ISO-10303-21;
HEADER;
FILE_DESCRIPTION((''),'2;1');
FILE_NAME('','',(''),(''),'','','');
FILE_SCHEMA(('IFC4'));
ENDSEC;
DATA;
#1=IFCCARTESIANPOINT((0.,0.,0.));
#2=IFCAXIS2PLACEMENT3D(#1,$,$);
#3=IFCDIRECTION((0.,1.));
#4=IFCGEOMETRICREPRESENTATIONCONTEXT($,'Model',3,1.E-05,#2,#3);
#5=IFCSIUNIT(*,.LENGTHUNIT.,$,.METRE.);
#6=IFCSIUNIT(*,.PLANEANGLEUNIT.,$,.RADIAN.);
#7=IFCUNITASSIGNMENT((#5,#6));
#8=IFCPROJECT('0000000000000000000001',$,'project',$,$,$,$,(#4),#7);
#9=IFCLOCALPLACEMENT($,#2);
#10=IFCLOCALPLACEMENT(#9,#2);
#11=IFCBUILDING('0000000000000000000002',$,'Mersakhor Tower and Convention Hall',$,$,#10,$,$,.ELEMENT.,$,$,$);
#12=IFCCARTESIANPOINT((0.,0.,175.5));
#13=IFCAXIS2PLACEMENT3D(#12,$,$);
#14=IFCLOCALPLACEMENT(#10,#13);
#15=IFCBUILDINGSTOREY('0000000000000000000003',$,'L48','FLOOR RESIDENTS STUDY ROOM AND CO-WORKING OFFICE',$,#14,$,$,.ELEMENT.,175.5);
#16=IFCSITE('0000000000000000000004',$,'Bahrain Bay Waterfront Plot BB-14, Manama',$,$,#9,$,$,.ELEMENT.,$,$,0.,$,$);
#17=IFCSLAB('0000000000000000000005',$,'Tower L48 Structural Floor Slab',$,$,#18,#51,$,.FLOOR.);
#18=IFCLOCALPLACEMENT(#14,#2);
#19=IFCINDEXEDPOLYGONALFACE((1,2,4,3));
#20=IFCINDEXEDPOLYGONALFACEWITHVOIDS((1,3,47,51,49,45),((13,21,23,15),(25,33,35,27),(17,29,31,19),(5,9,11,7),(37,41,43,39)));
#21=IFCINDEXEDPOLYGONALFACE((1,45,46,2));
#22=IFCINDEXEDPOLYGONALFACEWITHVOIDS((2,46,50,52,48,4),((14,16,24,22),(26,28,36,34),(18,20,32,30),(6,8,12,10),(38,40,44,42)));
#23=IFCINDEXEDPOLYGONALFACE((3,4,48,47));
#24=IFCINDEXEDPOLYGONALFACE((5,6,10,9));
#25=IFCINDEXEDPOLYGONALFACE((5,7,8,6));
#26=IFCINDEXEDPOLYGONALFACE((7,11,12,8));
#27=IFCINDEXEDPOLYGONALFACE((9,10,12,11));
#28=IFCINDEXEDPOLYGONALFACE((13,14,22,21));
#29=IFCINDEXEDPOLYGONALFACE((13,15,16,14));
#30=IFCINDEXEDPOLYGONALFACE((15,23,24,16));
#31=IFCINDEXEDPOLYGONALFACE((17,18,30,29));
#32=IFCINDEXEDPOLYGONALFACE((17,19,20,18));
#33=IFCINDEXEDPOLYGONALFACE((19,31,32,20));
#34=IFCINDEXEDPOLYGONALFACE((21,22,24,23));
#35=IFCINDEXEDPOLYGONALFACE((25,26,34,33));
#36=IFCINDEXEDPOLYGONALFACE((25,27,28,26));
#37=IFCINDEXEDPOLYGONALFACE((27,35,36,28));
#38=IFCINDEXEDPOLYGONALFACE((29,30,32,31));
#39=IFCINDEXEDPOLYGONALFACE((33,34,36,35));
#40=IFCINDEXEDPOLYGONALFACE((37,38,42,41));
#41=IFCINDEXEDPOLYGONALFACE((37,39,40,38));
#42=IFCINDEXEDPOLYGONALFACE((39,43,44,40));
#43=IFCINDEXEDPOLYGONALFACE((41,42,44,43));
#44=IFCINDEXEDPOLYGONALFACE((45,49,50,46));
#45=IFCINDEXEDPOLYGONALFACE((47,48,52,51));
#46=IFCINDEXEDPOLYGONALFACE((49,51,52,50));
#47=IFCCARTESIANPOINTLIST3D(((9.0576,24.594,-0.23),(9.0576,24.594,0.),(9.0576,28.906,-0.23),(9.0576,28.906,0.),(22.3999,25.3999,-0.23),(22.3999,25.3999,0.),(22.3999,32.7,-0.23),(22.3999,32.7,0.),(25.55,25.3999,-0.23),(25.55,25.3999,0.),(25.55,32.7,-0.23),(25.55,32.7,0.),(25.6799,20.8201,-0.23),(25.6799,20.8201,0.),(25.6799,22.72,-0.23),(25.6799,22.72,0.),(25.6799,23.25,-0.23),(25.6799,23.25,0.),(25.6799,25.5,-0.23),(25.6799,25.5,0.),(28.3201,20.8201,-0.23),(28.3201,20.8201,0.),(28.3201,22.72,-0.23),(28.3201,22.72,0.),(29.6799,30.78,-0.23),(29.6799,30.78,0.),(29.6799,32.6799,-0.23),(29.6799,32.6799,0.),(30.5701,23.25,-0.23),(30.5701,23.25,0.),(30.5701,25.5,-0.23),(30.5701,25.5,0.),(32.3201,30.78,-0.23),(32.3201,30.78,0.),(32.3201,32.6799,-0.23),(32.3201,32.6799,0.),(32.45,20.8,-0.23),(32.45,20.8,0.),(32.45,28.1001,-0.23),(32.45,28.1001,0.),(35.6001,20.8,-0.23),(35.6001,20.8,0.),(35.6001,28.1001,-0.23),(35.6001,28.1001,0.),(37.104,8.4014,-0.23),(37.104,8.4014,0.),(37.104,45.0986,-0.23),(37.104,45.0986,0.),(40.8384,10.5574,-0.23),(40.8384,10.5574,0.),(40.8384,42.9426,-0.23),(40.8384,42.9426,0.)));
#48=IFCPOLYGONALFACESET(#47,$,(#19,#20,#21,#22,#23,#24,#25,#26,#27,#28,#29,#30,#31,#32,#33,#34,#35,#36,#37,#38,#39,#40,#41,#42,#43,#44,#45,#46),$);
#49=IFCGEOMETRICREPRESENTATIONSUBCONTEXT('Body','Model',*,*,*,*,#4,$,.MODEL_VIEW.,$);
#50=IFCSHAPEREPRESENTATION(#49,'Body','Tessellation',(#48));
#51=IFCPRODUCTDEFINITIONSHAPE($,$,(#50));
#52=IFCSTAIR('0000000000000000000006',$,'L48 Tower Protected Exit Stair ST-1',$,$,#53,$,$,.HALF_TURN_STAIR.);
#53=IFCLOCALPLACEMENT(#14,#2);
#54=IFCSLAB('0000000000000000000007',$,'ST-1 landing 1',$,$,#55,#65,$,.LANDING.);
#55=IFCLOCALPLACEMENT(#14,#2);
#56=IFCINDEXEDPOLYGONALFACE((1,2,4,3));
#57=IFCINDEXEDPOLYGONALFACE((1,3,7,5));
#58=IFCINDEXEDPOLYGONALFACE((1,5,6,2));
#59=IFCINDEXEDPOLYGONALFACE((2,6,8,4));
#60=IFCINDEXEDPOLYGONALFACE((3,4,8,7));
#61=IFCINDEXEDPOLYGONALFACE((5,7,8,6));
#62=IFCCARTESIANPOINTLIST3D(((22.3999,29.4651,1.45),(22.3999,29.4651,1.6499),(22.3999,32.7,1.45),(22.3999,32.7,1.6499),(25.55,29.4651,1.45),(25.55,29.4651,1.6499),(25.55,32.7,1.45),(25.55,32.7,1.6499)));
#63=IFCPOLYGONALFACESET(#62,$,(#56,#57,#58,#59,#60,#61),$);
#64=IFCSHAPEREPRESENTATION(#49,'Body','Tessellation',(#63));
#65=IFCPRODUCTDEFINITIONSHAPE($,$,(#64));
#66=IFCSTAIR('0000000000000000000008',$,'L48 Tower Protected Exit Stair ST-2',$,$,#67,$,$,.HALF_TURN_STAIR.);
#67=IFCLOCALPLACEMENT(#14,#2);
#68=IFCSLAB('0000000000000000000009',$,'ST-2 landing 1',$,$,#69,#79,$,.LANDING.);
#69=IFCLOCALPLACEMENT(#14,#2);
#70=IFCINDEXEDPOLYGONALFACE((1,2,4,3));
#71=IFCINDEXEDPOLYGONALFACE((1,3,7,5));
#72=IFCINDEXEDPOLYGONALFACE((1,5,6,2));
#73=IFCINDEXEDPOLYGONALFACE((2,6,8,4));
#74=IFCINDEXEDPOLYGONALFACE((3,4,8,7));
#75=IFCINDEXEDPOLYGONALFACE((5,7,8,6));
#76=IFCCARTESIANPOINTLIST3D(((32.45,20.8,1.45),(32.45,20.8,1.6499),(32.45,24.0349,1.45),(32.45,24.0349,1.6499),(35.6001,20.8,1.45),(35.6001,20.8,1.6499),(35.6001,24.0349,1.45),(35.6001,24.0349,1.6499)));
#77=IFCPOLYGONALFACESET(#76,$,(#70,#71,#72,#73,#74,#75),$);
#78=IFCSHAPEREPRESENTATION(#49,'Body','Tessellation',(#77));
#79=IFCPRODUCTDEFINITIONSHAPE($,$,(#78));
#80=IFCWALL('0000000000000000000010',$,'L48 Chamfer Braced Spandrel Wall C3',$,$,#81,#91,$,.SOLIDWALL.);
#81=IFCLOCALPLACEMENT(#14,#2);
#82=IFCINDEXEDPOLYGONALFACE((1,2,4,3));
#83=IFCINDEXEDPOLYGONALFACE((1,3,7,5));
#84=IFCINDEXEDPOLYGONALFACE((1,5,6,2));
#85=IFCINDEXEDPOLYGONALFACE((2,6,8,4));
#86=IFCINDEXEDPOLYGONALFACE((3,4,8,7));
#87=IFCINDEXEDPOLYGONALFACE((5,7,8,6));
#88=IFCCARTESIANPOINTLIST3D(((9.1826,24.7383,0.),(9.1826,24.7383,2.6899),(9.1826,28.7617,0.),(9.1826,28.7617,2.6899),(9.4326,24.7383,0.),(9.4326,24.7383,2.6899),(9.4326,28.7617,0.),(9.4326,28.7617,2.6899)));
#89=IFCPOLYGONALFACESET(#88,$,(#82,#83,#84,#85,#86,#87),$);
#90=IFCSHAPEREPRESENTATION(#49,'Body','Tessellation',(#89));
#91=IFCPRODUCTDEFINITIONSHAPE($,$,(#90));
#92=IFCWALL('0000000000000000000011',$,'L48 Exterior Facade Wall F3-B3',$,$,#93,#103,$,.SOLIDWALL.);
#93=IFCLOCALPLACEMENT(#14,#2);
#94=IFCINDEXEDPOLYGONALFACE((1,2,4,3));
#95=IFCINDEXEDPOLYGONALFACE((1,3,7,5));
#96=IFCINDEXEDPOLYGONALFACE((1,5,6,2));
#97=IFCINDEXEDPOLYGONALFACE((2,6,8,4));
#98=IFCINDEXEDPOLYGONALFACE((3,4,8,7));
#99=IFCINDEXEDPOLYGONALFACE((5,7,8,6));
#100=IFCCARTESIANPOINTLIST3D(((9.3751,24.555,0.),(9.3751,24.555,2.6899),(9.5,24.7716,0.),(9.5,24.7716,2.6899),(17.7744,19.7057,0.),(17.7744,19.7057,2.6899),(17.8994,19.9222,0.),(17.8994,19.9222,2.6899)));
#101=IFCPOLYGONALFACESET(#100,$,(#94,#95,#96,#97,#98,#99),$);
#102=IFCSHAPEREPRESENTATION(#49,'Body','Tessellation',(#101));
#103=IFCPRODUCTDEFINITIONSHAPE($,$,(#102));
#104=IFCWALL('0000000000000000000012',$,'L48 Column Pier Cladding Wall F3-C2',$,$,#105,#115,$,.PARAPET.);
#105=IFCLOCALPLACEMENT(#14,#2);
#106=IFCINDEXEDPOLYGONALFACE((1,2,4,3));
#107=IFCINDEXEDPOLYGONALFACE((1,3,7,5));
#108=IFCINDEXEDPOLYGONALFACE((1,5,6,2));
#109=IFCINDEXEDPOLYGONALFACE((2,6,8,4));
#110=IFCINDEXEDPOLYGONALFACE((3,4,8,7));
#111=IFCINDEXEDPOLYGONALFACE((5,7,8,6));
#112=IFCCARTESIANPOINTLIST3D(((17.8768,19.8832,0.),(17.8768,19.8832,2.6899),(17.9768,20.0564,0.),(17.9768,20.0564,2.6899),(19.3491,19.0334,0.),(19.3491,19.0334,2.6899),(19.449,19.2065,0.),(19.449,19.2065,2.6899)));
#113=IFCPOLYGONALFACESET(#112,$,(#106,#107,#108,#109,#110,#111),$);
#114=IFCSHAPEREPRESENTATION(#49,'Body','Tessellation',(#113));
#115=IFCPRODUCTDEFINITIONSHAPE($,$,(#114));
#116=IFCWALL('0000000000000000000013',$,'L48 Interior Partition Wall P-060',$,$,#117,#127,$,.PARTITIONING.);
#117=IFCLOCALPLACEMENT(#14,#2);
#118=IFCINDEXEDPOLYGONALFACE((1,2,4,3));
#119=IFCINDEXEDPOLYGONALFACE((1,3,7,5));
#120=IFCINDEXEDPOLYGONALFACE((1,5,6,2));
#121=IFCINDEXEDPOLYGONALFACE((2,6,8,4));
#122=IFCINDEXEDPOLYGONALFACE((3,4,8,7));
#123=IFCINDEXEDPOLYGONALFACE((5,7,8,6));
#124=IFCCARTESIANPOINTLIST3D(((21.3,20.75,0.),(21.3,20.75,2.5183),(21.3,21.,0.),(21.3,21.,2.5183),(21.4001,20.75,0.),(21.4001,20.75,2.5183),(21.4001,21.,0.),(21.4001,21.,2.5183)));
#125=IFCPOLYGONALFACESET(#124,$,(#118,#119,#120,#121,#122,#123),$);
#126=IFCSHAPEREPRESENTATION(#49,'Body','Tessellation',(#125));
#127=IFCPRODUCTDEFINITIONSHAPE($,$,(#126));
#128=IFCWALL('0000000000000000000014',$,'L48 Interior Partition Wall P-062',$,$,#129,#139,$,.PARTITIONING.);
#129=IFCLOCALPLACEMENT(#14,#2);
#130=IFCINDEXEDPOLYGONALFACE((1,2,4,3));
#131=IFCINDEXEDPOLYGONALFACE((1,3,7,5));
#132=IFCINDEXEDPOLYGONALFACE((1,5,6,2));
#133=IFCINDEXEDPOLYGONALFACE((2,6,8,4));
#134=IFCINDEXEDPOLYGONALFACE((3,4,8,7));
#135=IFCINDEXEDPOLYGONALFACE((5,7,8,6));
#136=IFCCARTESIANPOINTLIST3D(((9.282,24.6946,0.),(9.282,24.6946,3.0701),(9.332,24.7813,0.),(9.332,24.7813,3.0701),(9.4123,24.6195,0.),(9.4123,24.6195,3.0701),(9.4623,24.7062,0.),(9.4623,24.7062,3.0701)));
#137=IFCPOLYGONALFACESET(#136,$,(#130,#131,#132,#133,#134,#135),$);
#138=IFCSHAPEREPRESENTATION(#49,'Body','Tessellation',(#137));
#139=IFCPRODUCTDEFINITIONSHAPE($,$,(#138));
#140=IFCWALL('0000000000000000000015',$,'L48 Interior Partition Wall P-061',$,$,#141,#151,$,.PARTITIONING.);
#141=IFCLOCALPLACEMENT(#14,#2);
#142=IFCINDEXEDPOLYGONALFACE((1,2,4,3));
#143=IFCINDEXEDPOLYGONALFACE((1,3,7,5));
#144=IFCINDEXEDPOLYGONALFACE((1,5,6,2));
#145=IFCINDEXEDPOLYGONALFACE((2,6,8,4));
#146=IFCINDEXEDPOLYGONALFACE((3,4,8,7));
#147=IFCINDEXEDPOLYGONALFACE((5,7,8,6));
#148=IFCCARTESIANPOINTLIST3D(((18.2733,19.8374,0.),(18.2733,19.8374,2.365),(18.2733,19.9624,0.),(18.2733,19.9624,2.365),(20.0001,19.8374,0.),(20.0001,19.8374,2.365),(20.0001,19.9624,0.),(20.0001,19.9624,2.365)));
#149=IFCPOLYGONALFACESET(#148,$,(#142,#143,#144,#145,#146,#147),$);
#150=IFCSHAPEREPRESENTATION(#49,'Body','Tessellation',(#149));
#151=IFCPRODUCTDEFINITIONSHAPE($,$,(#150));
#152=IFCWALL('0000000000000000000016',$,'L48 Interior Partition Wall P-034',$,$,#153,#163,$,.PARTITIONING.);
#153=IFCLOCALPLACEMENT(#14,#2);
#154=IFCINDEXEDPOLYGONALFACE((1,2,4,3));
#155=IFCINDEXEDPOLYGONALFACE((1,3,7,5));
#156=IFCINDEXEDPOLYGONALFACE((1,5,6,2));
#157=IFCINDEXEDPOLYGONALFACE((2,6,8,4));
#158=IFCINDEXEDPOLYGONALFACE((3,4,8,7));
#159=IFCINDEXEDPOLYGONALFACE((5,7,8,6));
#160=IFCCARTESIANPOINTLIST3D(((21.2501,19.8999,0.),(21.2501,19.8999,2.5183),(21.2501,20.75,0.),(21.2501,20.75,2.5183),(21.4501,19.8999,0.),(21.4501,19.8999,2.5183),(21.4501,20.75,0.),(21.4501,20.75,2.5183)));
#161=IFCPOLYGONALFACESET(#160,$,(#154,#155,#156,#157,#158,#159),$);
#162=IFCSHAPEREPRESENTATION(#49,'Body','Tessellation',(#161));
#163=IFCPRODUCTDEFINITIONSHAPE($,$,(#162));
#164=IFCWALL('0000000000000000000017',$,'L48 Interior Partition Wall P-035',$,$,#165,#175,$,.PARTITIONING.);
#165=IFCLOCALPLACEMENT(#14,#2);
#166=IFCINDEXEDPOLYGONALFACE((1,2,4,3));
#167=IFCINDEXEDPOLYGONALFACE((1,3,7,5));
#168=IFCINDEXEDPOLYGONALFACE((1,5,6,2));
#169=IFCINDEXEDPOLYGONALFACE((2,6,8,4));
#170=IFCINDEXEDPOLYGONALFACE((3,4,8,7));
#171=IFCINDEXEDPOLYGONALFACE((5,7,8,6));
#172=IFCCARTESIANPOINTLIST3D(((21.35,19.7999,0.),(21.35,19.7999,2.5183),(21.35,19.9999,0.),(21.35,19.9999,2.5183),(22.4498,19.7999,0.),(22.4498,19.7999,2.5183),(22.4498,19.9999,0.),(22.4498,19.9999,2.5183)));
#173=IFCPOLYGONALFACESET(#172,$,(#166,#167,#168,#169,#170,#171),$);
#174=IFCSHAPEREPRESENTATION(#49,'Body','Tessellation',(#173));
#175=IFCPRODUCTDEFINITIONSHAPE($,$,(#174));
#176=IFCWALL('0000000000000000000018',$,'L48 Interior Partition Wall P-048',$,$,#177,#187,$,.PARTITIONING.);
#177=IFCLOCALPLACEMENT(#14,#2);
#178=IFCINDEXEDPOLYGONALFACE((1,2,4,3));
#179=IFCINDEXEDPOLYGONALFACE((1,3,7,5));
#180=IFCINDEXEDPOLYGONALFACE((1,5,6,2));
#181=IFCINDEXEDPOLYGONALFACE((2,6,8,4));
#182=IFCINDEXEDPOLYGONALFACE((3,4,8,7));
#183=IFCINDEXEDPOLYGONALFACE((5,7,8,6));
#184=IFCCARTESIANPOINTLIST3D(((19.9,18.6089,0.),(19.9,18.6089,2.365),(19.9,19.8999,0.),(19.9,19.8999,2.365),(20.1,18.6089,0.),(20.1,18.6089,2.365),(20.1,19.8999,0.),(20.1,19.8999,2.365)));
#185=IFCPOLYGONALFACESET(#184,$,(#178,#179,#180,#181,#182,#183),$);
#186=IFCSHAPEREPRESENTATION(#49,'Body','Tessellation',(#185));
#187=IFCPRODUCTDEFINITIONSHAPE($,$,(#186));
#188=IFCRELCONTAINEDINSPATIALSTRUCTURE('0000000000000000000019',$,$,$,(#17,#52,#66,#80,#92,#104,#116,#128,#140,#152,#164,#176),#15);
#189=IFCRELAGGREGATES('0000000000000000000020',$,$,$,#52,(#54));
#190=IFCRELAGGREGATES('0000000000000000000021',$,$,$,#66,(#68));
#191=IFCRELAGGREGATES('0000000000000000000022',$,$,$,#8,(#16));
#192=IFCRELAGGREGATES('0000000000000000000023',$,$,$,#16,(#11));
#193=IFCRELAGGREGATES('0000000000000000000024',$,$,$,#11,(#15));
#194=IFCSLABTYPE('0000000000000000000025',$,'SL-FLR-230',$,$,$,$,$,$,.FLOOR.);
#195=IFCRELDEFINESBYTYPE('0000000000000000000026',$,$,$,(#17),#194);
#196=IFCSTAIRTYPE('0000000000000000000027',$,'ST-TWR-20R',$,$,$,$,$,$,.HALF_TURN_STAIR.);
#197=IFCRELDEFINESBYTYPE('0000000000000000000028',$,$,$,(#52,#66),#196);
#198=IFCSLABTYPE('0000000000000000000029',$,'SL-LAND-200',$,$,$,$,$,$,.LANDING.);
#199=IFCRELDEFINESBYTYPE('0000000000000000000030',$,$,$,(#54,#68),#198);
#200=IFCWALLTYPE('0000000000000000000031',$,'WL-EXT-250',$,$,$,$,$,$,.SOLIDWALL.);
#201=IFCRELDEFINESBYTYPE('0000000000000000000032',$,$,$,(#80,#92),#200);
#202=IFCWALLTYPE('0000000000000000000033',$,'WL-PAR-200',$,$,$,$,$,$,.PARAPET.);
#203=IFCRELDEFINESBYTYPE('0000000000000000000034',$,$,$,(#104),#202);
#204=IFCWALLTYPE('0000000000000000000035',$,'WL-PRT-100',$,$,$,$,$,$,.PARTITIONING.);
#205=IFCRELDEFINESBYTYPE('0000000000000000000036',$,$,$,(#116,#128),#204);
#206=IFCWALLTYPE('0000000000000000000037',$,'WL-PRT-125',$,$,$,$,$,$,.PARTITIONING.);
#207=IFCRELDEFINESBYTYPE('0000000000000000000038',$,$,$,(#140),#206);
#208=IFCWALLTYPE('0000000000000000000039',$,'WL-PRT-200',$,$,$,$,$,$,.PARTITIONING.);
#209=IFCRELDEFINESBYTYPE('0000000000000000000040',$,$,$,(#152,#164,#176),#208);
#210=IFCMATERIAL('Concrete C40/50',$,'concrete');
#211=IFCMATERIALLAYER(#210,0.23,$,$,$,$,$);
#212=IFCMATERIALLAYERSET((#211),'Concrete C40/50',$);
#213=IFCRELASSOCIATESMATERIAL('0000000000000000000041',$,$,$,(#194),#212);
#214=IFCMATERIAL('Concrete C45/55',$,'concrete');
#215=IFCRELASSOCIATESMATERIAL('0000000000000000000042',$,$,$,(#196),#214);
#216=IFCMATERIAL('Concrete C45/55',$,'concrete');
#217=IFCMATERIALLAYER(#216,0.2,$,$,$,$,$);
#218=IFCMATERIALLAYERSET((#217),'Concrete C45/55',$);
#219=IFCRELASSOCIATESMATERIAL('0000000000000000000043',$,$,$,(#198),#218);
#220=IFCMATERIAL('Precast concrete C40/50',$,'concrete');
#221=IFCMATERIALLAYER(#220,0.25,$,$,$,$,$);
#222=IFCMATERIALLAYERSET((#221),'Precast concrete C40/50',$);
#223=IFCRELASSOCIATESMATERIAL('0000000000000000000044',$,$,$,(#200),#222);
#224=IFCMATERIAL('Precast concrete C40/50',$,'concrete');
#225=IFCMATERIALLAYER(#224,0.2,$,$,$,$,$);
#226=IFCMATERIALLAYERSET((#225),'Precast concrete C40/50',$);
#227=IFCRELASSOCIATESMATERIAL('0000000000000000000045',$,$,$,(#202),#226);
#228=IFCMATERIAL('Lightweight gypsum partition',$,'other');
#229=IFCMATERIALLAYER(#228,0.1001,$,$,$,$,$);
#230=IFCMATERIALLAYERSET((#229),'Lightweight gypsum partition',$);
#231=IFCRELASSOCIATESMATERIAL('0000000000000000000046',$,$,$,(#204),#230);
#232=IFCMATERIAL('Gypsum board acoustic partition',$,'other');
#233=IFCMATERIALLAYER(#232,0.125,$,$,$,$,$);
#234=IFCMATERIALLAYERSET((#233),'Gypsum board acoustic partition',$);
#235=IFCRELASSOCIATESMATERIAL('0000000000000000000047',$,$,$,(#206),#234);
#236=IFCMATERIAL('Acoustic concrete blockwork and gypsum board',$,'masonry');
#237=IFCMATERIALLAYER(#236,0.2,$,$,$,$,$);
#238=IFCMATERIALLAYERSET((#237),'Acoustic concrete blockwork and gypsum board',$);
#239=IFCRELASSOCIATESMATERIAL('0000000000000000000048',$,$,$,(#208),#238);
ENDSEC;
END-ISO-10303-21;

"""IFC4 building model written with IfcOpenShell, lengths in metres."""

from ifc_helpers import new_model, si_unit, direction, frame, frame_2d, origin, place, context, subcontext, project, spatial, polyline, rectangle, outline, extrude, material, layer, layer_set, type_object, element, aggregate, save


model = new_model("IFC4")

# Units and contexts
model_context = context("Model", 3, precision=1e-05, world=origin(), true_north=direction((0.0, 1.0)))
body_context = subcontext(model_context, "Body", "Model", "MODEL_VIEW")
ifc_project = project(units=[si_unit("LENGTHUNIT", "METRE"), si_unit("PLANEANGLEUNIT", "RADIAN")], contexts=[model_context])

# Site, building, storey
site_placement = place(None, origin())
site = spatial("IfcSite", under=ifc_project, at=site_placement, Name="Bahrain Bay Waterfront Plot BB-14, Manama", CompositionType="ELEMENT", RefElevation=0.0)
building_placement = place(site_placement, origin())
building = spatial("IfcBuilding", under=site, at=building_placement, Name="Mersakhor Tower and Convention Hall", CompositionType="ELEMENT")
storey_placement = place(building_placement, frame((0.0, 0.0, 175.5)))
storey = spatial("IfcBuildingStorey", under=building, at=storey_placement, Name="L48", Description="FLOOR RESIDENTS STUDY ROOM AND CO-WORKING OFFICE", CompositionType="ELEMENT", Elevation=175.5)

# Slab
ifc_material_1 = material(Name="Concrete C40/50", Category="concrete")
ifc_layer_1 = layer(ifc_material_1, 0.23)
ifc_layer_set_1 = layer_set([ifc_layer_1], Name="Concrete C40/50")
slab_type_1 = type_object("IfcSlabType", Name="SL-FLR-230", PredefinedType="FLOOR", material=ifc_layer_set_1)
slab_1_placement = place(storey_placement, frame((0.0, 0.0, -0.23)))
element("IfcSlab", 1, at=slab_1_placement, inside=storey, type_object=slab_type_1, Name="Tower L48 Structural Floor Slab", PredefinedType="FLOOR", context=body_context, shape_type="SweptSolid", body=[
    extrude(outline(polyline([(9.0576, 28.906), (37.104, 45.0986), (40.8384, 42.9426), (40.8384, 10.5574), (37.104, 8.4014), (9.0576, 24.594), (9.0576, 28.906)]), holes=[polyline([(25.55, 25.3999), (25.55, 32.7), (22.3999, 32.7), (22.3999, 25.3999), (25.55, 25.3999)]), polyline([(32.45, 28.1001), (32.45, 20.8), (35.6001, 20.8), (35.6001, 28.1001), (32.45, 28.1001)]), polyline([(25.6799, 20.8201), (25.6799, 22.72), (28.3201, 22.72), (28.3201, 20.8201), (25.6799, 20.8201)]), polyline([(29.6799, 30.78), (29.6799, 32.6799), (32.3201, 32.6799), (32.3201, 30.78), (29.6799, 30.78)]), polyline([(25.6799, 23.25), (25.6799, 25.5), (30.5701, 25.5), (30.5701, 23.25), (25.6799, 23.25)])]), origin(), (0.0, 0.0, 1.0), 0.23),
])

# Stairs, slabs
ifc_material_2 = material(Name="Concrete C45/55", Category="concrete")
stair_type = type_object("IfcStairType", Name="ST-TWR-20R", PredefinedType="HALF_TURN_STAIR", material=ifc_material_2)
stair_1_placement = place(storey_placement, origin())
stair_1 = element("IfcStair", 2, at=stair_1_placement, inside=storey, type_object=stair_type, Name="L48 Tower Protected Exit Stair ST-1", PredefinedType="HALF_TURN_STAIR")
ifc_material_3 = material(Name="Concrete C45/55", Category="concrete")
ifc_layer_2 = layer(ifc_material_3, 0.2)
ifc_layer_set_2 = layer_set([ifc_layer_2], Name="Concrete C45/55")
slab_type_2 = type_object("IfcSlabType", Name="SL-LAND-200", PredefinedType="LANDING", material=ifc_layer_set_2)
slab_2_placement = place(storey_placement, frame((0.0, 0.0, 1.45)))
slab_2 = element("IfcSlab", 3, at=slab_2_placement, type_object=slab_type_2, Name="ST-1 landing 1", PredefinedType="LANDING", context=body_context, shape_type="SweptSolid", body=[
    extrude(outline(polyline([(25.55, 29.4651), (25.55, 32.7), (22.3999, 32.7), (22.3999, 29.4651), (25.55, 29.4651)])), origin(), (0.0, 0.0, 1.0), 0.2),
])
aggregate(stair_1, [slab_2])
stair_2_placement = place(storey_placement, origin())
stair_2 = element("IfcStair", 4, at=stair_2_placement, inside=storey, type_object=stair_type, Name="L48 Tower Protected Exit Stair ST-2", PredefinedType="HALF_TURN_STAIR")
slab_3_placement = place(storey_placement, frame((0.0, 0.0, 1.45)))
slab_3 = element("IfcSlab", 5, at=slab_3_placement, type_object=slab_type_2, Name="ST-2 landing 1", PredefinedType="LANDING", context=body_context, shape_type="SweptSolid", body=[
    extrude(outline(polyline([(32.45, 24.0349), (32.45, 20.8), (35.6001, 20.8), (35.6001, 24.0349), (32.45, 24.0349)])), origin(), (0.0, 0.0, 1.0), 0.2),
])
aggregate(stair_2, [slab_3])

# Walls
ifc_material_4 = material(Name="Precast concrete C40/50", Category="concrete")
ifc_layer_3 = layer(ifc_material_4, 0.25)
ifc_layer_set_3 = layer_set([ifc_layer_3], Name="Precast concrete C40/50")
wall_type_1 = type_object("IfcWallType", Name="WL-EXT-250", PredefinedType="SOLIDWALL", material=ifc_layer_set_3)
wall_1_placement = place(storey_placement, frame((9.3076, 24.7383, 0.0), z_axis=(0.0, 0.0, 1.0), x_axis=(0.0, 1.0, 0.0)))
element("IfcWall", 6, at=wall_1_placement, inside=storey, type_object=wall_type_1, Name="L48 Chamfer Braced Spandrel Wall C3", PredefinedType="SOLIDWALL", context=body_context, shape_type="SweptSolid", body=[
    extrude(rectangle(XDim=4.0234, YDim=0.25, at=frame_2d((2.0117, 0.0))), origin(), (0.0, 0.0, 1.0), 2.6899),
])
wall_2_placement = place(storey_placement, frame((17.8369, 19.814, 0.0), z_axis=(0.0, 0.0, 1.0), x_axis=(-0.866027, 0.499997, 0.0)))
element("IfcWall", 7, at=wall_2_placement, inside=storey, type_object=wall_type_1, Name="L48 Exterior Facade Wall F3-B3", PredefinedType="SOLIDWALL", context=body_context, shape_type="SweptSolid", body=[
    extrude(rectangle(XDim=9.6987, YDim=0.25, at=frame_2d((4.8494, 0.0))), origin(), (0.0, 0.0, 1.0), 2.6899),
])
ifc_material_5 = material(Name="Precast concrete C40/50", Category="concrete")
ifc_layer_4 = layer(ifc_material_5, 0.2)
ifc_layer_set_4 = layer_set([ifc_layer_4], Name="Precast concrete C40/50")
wall_type_2 = type_object("IfcWallType", Name="WL-PAR-200", PredefinedType="PARAPET", material=ifc_layer_set_4)
wall_3_placement = place(storey_placement, frame((19.3992, 19.1199, 0.0), z_axis=(0.0, 0.0, 1.0), x_axis=(-0.866052, 0.499955, 0.0)))
element("IfcWall", 8, at=wall_3_placement, inside=storey, type_object=wall_type_2, Name="L48 Column Pier Cladding Wall F3-C2", PredefinedType="PARAPET", context=body_context, shape_type="SweptSolid", body=[
    extrude(rectangle(XDim=1.7, YDim=0.2, at=frame_2d((0.8501, 0.0))), origin(), (0.0, 0.0, 1.0), 2.6899),
])
ifc_material_6 = material(Name="Lightweight gypsum partition", Category="other")
ifc_layer_5 = layer(ifc_material_6, 0.1001)
ifc_layer_set_5 = layer_set([ifc_layer_5], Name="Lightweight gypsum partition")
wall_type_3 = type_object("IfcWallType", Name="WL-PRT-100", PredefinedType="PARTITIONING", material=ifc_layer_set_5)
wall_4_placement = place(storey_placement, frame((21.3501, 21.0, 0.0), z_axis=(0.0, 0.0, 1.0), x_axis=(0.0, -1.0, 0.0)))
element("IfcWall", 9, at=wall_4_placement, inside=storey, type_object=wall_type_3, Name="L48 Interior Partition Wall P-060", PredefinedType="PARTITIONING", context=body_context, shape_type="SweptSolid", body=[
    extrude(rectangle(XDim=0.25, YDim=0.1001, at=frame_2d((0.125, 0.0))), origin(), (0.0, 0.0, 1.0), 2.5183),
])
wall_5_placement = place(storey_placement, frame((9.4373, 24.6628, 0.0), z_axis=(0.0, 0.0, 1.0), x_axis=(-0.86624, 0.499629, 0.0)))
element("IfcWall", 10, at=wall_5_placement, inside=storey, type_object=wall_type_3, Name="L48 Interior Partition Wall P-062", PredefinedType="PARTITIONING", context=body_context, shape_type="SweptSolid", body=[
    extrude(rectangle(XDim=0.1504, YDim=0.1001, at=frame_2d((0.0752, 0.0))), origin(), (0.0, 0.0, 1.0), 3.0701),
])
ifc_material_7 = material(Name="Gypsum board acoustic partition", Category="other")
ifc_layer_6 = layer(ifc_material_7, 0.125)
ifc_layer_set_6 = layer_set([ifc_layer_6], Name="Gypsum board acoustic partition")
wall_type_4 = type_object("IfcWallType", Name="WL-PRT-125", PredefinedType="PARTITIONING", material=ifc_layer_set_6)
wall_6_placement = place(storey_placement, frame((20.0, 19.8999, 0.0), z_axis=(0.0, 0.0, 1.0), x_axis=(-1.0, 0.0, 0.0)))
element("IfcWall", 11, at=wall_6_placement, inside=storey, type_object=wall_type_4, Name="L48 Interior Partition Wall P-061", PredefinedType="PARTITIONING", context=body_context, shape_type="SweptSolid", body=[
    extrude(rectangle(XDim=1.7268, YDim=0.125, at=frame_2d((0.8633, 0.0))), origin(), (0.0, 0.0, 1.0), 2.365),
])

# Shared definitions
ifc_material_8 = material(Name="Acoustic concrete blockwork and gypsum board", Category="masonry")
ifc_layer_7 = layer(ifc_material_8, 0.2)
ifc_layer_set_7 = layer_set([ifc_layer_7], Name="Acoustic concrete blockwork and gypsum board")
wall_type_5 = type_object("IfcWallType", Name="WL-PRT-200", PredefinedType="PARTITIONING", material=ifc_layer_set_7)

# Walls
wall_7_placement = place(storey_placement, frame((21.3501, 20.75, 0.0), z_axis=(0.0, 0.0, 1.0), x_axis=(0.0, -1.0, 0.0)))
element("IfcWall", 12, at=wall_7_placement, inside=storey, type_object=wall_type_5, Name="L48 Interior Partition Wall P-034", PredefinedType="PARTITIONING", context=body_context, shape_type="SweptSolid", body=[
    extrude(rectangle(XDim=0.8501, YDim=0.2, at=frame_2d((0.425, 0.0))), origin(), (0.0, 0.0, 1.0), 2.5183),
])
wall_8_placement = place(storey_placement, frame((21.3501, 19.8999, 0.0), z_axis=(0.0, 0.0, 1.0), x_axis=(1.0, 0.0, 0.0)))
element("IfcWall", 13, at=wall_8_placement, inside=storey, type_object=wall_type_5, Name="L48 Interior Partition Wall P-035", PredefinedType="PARTITIONING", context=body_context, shape_type="SweptSolid", body=[
    extrude(rectangle(XDim=1.0999, YDim=0.2, at=frame_2d((0.5498, 0.0))), origin(), (0.0, 0.0, 1.0), 2.5183),
])
wall_9_placement = place(storey_placement, frame((20.0, 18.6089, 0.0), z_axis=(0.0, 0.0, 1.0), x_axis=(0.0, 1.0, 0.0)))
element("IfcWall", 14, at=wall_9_placement, inside=storey, type_object=wall_type_5, Name="L48 Interior Partition Wall P-048", PredefinedType="PARTITIONING", context=body_context, shape_type="SweptSolid", body=[
    extrude(rectangle(XDim=1.291, YDim=0.2, at=frame_2d((0.6455, 0.0))), origin(), (0.0, 0.0, 1.0), 2.365),
])

save(model, "model.ifc")
